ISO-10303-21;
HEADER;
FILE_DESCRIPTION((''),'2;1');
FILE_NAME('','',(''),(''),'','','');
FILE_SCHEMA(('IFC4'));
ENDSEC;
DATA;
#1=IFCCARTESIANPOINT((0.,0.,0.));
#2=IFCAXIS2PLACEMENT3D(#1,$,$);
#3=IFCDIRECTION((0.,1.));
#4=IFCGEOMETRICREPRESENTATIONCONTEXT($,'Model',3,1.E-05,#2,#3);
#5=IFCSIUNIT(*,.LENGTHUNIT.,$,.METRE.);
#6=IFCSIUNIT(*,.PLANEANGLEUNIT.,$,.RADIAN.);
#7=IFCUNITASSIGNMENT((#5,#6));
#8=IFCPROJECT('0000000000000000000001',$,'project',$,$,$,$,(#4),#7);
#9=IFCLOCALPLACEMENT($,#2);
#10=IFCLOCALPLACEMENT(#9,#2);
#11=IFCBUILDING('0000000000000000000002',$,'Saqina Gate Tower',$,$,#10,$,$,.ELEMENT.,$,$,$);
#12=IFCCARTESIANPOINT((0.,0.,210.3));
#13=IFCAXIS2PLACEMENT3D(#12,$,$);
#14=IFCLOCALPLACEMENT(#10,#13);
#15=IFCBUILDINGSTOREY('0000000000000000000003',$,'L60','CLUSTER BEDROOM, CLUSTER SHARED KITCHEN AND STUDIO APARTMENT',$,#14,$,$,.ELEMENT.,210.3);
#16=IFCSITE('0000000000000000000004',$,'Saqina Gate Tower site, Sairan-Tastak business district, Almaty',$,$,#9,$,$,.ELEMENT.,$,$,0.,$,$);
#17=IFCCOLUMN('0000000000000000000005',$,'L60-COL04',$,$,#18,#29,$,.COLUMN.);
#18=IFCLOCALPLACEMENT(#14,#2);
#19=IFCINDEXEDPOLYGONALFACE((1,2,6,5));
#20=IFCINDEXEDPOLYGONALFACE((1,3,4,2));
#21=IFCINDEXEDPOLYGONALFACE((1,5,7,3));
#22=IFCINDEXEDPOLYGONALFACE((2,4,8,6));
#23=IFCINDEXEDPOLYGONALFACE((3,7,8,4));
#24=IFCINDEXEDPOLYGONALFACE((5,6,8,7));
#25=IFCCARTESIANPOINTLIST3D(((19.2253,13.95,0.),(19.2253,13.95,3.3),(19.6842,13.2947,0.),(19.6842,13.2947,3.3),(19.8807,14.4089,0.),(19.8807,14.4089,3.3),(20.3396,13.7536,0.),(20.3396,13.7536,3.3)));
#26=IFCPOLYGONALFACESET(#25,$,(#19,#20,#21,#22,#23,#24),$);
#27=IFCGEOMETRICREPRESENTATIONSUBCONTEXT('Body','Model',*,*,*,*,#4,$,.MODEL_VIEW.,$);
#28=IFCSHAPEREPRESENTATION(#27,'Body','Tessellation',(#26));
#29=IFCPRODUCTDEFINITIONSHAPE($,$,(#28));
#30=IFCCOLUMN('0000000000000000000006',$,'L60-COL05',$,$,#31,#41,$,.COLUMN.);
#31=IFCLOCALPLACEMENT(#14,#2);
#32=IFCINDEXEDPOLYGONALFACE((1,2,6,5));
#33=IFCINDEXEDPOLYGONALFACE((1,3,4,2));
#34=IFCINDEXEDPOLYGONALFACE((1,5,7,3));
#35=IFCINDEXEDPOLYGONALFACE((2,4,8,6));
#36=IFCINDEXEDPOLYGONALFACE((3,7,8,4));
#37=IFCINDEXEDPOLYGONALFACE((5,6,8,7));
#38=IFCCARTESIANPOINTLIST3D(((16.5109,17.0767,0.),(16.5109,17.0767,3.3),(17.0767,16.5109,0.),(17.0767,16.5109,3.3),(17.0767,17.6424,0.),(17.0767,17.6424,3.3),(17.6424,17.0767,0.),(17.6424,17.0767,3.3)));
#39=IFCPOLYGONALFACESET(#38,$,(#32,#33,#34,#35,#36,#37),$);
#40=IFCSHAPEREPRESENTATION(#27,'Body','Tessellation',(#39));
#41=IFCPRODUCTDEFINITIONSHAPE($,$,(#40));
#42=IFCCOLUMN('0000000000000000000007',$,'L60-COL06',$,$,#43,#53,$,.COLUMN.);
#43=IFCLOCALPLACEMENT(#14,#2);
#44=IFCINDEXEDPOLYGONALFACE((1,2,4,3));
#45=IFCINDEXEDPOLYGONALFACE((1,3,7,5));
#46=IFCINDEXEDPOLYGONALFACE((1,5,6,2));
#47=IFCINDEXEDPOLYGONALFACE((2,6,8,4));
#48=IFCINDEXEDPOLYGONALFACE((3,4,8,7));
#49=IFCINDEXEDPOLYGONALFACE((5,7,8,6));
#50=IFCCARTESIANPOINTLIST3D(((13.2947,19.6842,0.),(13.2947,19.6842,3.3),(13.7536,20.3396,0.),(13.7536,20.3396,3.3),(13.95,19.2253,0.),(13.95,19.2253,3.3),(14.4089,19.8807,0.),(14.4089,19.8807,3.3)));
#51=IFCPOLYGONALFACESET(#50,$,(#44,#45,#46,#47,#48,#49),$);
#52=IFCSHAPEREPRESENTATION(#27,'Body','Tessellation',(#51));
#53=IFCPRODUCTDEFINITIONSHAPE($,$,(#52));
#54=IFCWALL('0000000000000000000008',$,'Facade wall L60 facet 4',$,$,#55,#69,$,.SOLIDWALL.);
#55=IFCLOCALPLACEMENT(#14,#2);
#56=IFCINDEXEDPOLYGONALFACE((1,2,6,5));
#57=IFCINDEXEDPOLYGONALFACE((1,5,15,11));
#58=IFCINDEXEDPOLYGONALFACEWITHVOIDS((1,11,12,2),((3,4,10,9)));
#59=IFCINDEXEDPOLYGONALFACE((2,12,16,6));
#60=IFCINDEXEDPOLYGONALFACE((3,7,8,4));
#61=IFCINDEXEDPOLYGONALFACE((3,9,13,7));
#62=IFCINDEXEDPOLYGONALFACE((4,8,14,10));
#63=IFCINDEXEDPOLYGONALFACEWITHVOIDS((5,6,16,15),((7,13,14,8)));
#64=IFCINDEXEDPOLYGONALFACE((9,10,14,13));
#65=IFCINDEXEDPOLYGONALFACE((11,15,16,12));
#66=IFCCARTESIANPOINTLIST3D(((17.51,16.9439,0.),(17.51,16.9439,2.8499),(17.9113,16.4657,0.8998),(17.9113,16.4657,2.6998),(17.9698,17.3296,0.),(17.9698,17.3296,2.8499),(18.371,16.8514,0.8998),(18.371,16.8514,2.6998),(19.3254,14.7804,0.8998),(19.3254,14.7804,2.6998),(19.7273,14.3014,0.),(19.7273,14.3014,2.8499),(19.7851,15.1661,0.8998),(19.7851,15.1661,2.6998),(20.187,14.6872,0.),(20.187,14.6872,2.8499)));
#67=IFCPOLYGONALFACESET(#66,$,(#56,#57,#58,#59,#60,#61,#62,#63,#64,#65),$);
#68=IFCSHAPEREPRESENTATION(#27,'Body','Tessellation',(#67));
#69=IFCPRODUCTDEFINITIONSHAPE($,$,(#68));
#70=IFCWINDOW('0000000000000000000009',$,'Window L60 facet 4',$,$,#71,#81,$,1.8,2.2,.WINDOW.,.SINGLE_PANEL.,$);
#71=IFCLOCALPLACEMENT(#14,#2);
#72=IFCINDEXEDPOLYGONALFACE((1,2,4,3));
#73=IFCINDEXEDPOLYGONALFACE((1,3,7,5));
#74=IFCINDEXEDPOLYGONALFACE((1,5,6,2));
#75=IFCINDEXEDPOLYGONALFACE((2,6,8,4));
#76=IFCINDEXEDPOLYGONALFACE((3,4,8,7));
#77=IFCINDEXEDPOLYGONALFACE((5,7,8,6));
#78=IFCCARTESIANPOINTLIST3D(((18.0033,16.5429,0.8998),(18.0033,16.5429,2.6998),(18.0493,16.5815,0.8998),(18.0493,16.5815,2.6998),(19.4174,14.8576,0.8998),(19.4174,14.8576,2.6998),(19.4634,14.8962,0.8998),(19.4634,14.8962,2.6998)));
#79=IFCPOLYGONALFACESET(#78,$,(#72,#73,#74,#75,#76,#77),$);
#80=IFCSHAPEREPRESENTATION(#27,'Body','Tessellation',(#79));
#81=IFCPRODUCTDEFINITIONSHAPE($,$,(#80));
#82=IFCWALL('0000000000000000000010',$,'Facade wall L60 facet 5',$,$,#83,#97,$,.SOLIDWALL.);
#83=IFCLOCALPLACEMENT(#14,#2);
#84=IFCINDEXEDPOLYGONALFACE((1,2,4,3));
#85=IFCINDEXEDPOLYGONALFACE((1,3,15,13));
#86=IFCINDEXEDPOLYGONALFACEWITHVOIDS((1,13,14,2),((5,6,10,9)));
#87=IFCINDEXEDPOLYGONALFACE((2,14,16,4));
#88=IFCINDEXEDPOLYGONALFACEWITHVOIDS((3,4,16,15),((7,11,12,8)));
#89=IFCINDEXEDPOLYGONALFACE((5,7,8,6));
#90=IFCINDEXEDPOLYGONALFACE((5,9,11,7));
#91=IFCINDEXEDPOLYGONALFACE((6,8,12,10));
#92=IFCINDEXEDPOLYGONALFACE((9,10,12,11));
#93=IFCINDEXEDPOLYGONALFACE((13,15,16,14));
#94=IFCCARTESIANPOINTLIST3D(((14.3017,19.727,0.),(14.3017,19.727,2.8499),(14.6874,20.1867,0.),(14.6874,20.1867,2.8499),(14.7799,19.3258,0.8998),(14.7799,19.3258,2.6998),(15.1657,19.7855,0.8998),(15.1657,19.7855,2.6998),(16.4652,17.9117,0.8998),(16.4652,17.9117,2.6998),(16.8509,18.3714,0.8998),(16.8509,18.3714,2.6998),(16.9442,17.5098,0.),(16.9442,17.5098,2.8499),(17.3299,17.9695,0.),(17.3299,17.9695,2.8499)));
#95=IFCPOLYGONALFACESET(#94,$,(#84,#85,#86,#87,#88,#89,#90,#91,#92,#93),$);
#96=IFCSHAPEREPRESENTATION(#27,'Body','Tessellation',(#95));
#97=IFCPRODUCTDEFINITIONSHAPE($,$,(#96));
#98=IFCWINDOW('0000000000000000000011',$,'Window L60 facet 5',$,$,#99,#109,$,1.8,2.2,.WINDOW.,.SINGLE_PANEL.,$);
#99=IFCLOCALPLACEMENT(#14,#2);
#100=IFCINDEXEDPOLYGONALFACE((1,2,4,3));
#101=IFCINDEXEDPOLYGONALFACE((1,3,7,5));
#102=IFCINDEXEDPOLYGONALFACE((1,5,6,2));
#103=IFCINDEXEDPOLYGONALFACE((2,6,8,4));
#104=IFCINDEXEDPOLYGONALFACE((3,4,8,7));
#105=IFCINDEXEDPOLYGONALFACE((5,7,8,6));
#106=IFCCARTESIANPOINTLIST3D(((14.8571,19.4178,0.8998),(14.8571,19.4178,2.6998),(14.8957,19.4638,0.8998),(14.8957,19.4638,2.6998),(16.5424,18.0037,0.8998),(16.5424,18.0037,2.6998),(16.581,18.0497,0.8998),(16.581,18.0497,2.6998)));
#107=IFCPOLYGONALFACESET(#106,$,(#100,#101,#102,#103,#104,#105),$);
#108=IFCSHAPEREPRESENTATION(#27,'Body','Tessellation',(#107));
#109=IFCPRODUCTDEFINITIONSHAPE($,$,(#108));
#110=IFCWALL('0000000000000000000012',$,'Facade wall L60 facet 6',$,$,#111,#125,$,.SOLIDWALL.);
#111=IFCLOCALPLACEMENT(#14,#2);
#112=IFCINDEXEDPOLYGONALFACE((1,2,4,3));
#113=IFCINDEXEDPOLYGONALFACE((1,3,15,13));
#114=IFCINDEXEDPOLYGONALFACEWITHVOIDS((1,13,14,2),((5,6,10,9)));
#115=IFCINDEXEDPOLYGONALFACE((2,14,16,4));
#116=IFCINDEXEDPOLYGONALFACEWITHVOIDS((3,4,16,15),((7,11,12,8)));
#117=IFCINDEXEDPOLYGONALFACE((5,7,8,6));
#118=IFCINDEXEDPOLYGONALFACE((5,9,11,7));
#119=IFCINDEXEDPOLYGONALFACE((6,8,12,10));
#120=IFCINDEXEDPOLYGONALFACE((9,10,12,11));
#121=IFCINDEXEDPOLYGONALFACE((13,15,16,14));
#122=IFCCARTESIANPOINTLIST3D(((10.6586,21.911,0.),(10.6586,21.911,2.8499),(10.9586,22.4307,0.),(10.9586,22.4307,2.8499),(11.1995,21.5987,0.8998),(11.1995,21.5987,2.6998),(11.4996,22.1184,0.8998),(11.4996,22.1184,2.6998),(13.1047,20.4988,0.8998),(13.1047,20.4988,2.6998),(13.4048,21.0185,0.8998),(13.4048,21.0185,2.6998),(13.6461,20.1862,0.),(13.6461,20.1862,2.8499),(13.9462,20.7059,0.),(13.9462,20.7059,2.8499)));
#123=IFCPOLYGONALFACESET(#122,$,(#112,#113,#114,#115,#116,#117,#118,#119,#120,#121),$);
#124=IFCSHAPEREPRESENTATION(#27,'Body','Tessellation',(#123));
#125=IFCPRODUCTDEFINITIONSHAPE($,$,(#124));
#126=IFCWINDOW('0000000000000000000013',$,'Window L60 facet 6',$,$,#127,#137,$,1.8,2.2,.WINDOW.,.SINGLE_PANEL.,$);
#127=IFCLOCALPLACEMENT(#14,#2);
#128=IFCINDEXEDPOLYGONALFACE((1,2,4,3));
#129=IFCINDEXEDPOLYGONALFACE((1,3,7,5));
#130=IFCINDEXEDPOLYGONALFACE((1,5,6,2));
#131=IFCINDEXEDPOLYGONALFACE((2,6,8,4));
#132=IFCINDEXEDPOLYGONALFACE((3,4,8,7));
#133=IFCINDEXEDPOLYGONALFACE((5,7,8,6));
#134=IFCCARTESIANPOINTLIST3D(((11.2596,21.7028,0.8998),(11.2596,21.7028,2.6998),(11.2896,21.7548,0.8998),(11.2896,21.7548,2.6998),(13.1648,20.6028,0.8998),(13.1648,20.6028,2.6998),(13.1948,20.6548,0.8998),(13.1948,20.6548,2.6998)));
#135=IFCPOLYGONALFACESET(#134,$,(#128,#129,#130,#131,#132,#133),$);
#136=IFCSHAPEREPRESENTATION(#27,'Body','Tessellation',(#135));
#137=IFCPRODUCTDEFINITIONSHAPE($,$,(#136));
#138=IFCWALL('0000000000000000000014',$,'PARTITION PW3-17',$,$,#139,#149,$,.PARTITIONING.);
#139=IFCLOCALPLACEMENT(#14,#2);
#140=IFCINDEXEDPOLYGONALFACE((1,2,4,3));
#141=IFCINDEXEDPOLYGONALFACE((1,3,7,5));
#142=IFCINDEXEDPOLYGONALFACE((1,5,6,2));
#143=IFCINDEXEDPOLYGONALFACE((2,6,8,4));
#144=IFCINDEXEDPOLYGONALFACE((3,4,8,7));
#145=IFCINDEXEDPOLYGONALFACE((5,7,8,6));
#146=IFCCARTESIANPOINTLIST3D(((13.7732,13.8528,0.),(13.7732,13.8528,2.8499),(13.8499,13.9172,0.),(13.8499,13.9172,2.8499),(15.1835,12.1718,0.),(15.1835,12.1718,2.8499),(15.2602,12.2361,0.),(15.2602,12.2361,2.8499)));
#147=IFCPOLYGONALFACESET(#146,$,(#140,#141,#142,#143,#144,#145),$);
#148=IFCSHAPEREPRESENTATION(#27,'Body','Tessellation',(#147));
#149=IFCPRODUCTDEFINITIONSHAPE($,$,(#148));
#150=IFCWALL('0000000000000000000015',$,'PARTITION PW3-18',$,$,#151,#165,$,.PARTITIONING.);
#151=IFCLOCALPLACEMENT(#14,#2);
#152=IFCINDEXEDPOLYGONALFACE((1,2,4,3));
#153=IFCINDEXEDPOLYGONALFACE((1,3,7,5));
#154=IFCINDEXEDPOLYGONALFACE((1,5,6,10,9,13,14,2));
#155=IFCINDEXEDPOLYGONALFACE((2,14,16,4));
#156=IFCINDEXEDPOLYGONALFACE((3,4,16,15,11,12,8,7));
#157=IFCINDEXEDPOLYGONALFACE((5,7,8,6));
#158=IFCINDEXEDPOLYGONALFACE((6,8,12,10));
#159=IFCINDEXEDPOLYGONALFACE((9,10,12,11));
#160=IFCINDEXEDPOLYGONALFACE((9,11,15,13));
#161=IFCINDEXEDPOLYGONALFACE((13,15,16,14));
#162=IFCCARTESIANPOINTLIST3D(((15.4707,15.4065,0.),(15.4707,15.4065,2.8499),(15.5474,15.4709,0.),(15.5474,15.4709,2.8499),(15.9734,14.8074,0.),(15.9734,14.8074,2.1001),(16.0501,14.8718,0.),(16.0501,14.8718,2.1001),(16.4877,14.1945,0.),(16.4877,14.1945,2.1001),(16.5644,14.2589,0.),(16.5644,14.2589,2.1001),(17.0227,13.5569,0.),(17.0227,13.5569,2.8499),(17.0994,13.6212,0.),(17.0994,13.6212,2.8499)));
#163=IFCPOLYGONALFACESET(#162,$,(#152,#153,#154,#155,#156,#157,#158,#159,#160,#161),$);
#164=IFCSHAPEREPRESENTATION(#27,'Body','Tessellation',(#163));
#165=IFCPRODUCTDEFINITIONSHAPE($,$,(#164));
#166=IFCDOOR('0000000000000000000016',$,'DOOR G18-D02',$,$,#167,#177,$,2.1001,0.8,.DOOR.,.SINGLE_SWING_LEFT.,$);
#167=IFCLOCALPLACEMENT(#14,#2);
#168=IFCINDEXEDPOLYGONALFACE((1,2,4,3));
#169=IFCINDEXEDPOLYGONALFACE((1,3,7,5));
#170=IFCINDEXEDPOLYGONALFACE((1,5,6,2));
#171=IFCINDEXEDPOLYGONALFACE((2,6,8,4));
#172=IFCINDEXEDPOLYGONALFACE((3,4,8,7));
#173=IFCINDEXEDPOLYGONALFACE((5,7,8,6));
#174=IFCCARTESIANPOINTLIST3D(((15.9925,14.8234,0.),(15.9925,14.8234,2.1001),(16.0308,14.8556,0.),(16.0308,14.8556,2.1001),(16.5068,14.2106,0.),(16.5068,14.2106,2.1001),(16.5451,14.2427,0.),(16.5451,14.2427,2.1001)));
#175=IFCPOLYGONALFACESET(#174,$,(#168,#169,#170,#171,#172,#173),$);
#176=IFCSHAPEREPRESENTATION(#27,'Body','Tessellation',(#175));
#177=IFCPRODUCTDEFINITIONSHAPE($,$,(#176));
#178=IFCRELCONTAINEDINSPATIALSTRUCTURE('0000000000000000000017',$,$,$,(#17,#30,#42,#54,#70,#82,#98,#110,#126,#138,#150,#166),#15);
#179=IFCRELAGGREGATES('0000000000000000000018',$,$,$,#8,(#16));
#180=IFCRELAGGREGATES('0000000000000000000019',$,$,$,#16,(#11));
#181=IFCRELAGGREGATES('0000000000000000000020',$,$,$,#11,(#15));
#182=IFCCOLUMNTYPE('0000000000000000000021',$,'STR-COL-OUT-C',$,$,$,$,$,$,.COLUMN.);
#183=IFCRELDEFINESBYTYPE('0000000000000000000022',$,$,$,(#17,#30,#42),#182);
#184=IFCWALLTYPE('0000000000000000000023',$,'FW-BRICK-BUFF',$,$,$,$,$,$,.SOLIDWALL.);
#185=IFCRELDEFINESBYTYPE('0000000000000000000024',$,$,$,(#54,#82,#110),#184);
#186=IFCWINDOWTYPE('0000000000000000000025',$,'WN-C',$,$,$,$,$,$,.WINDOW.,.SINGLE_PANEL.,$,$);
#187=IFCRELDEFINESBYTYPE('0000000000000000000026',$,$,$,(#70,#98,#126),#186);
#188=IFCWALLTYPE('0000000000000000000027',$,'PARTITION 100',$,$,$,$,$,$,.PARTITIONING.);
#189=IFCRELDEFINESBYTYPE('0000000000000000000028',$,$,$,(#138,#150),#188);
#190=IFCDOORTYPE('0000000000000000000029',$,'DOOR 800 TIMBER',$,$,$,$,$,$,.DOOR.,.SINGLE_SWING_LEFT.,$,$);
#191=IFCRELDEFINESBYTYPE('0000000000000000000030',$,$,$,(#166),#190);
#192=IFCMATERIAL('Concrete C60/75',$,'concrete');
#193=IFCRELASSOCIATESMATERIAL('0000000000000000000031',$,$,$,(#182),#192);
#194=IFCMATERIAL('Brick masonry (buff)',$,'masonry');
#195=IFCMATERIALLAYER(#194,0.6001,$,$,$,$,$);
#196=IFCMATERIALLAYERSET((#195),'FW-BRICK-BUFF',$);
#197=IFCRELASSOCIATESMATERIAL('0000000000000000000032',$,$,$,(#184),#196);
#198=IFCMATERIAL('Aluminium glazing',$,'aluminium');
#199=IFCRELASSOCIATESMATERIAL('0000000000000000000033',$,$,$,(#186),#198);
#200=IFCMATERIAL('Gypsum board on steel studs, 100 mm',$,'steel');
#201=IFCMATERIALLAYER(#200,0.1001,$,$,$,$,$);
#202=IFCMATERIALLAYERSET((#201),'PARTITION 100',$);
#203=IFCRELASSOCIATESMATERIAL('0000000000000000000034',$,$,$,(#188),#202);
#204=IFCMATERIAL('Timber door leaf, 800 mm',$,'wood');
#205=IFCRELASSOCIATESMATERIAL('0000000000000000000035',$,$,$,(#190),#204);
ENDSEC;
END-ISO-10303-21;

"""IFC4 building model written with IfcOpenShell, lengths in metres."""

from ifc_helpers import new_model, si_unit, direction, frame, frame_2d, origin, origin_2d, place, context, subcontext, project, spatial, rectangle, extrude, material, layer, layer_set, material_profile, profile_set, type_object, element, fill, save


model = new_model("IFC4")

# Units and contexts
model_context = context("Model", 3, precision=1e-05, world=origin(), true_north=direction((0.0, 1.0)))
body_context = subcontext(model_context, "Body", "Model", "MODEL_VIEW")
ifc_project = project(units=[si_unit("LENGTHUNIT", "METRE"), si_unit("PLANEANGLEUNIT", "RADIAN")], contexts=[model_context])

# Site, building, storey
site_placement = place(None, origin())
site = spatial("IfcSite", under=ifc_project, at=site_placement, Name="Saqina Gate Tower site, Sairan-Tastak business district, Almaty", CompositionType="ELEMENT", RefElevation=0.0)
building_placement = place(site_placement, origin())
building = spatial("IfcBuilding", under=site, at=building_placement, Name="Saqina Gate Tower", CompositionType="ELEMENT")
storey_placement = place(building_placement, frame((0.0, 0.0, 210.3)))
storey = spatial("IfcBuildingStorey", under=building, at=storey_placement, Name="L60", Description="CLUSTER BEDROOM, CLUSTER SHARED KITCHEN AND STUDIO APARTMENT", CompositionType="ELEMENT", Elevation=210.3)

# Columns
ifc_material_1 = material(Name="Concrete C60/75", Category="concrete")
ifc_material_profile = material_profile(ifc_material_1, rectangle(XDim=0.8, YDim=0.8, at=origin_2d()), Name="RC 800x800")
ifc_profile_set = profile_set([ifc_material_profile], Name="Concrete C60/75")
column_type = type_object("IfcColumnType", Name="STR-COL-OUT-C", PredefinedType="COLUMN", material=ifc_profile_set)
for number, where, z_axis, x_axis, name in (
    (1, (19.7825, 13.8518, 0.0), (0.0, 0.0, 1.0), (0.819152, 0.573576, 0.0), "L60-COL04"),
    (2, (17.0767, 17.0767, 0.0), (0.0, 0.0, 1.0), (0.707107, 0.707107, 0.0), "L60-COL05"),
    (3, (13.8518, 19.7825, 0.0), (0.0, 0.0, 1.0), (0.573576, 0.819152, 0.0), "L60-COL06"),
):
    element("IfcColumn", number, at=place(storey_placement, frame(where, z_axis=z_axis, x_axis=x_axis)), inside=storey, type_object=column_type, Name=name, PredefinedType="COLUMN", context=body_context, shape_type="SweptSolid", body=[
        extrude(rectangle(XDim=0.8, YDim=0.8, at=origin_2d()), origin(), (0.0, 0.0, 1.0), 3.3),
    ])

# Walls, openings, windows
ifc_material_2 = material(Name="Brick masonry (buff)", Category="masonry")
ifc_layer_1 = layer(ifc_material_2, 0.6001)
ifc_layer_set_1 = layer_set([ifc_layer_1], Name="FW-BRICK-BUFF")
wall_type_1 = type_object("IfcWallType", Name="FW-BRICK-BUFF", PredefinedType="SOLIDWALL", material=ifc_layer_set_1)
wall_1_placement = place(storey_placement, frame((19.957, 14.4944, 0.0), z_axis=(0.0, 0.0, 1.0), x_axis=(-0.64277, 0.766059, 0.0)))
wall_1 = element("IfcWall", 4, at=wall_1_placement, inside=storey, type_object=wall_type_1, Name="Facade wall L60 facet 4", PredefinedType="SOLIDWALL", context=body_context, shape_type="SweptSolid", body=[
    extrude(rectangle(XDim=3.4495, YDim=0.6001, at=frame_2d((1.7246, 0.0))), origin(), (0.0, 0.0, 1.0), 2.8499),
])
opening_1_placement = place(wall_1_placement, frame((0.625, 0.0, 0.8999)))
opening_1 = element("IfcOpeningElement", 5, at=opening_1_placement, cuts=wall_1, PredefinedType="OPENING", context=body_context, shape_type="SweptSolid", body=[
    extrude(rectangle(XDim=2.2, YDim=1.8, at=frame_2d((1.1001, 0.8999))), frame((0.0, 0.312, 0.0), z_axis=(0.0, -1.0, 0.0), x_axis=(1.0, 0.0, 0.0)), (0.0, 0.0, 1.0), 0.624),
])
ifc_material_3 = material(Name="Aluminium glazing", Category="aluminium")
window_type = type_object("IfcWindowType", Name="WN-C", PartitioningType="SINGLE_PANEL", PredefinedType="WINDOW", material=ifc_material_3)
window_1_placement = place(opening_1_placement, origin())
window_1 = element("IfcWindow", 6, at=window_1_placement, inside=storey, type_object=window_type, Name="Window L60 facet 4", OverallHeight=1.8, OverallWidth=2.2, PartitioningType="SINGLE_PANEL", PredefinedType="WINDOW", context=body_context, shape_type="SweptSolid", body=[
    extrude(rectangle(XDim=2.2, YDim=1.8, at=frame_2d((1.1001, 0.8999))), frame((0.0, 0.1799, 0.0), z_axis=(0.0, -1.0, 0.0), x_axis=(1.0, 0.0, 0.0)), (0.0, 0.0, 1.0), 0.0601),
])
fill(opening_1, window_1)
wall_2_placement = place(storey_placement, frame((17.137, 17.7397, 0.0), z_axis=(0.0, 0.0, 1.0), x_axis=(-0.766059, 0.64277, 0.0)))
wall_2 = element("IfcWall", 7, at=wall_2_placement, inside=storey, type_object=wall_type_1, Name="Facade wall L60 facet 5", PredefinedType="SOLIDWALL", context=body_context, shape_type="SweptSolid", body=[
    extrude(rectangle(XDim=3.4495, YDim=0.6001, at=frame_2d((1.7246, 0.0))), origin(), (0.0, 0.0, 1.0), 2.8499),
])
opening_2_placement = place(wall_2_placement, frame((0.625, 0.0, 0.8999)))
opening_2 = element("IfcOpeningElement", 8, at=opening_2_placement, cuts=wall_2, PredefinedType="OPENING", context=body_context, shape_type="SweptSolid", body=[
    extrude(rectangle(XDim=2.2, YDim=1.8, at=frame_2d((1.1001, 0.8999))), frame((0.0, 0.312, 0.0), z_axis=(0.0, -1.0, 0.0), x_axis=(1.0, 0.0, 0.0)), (0.0, 0.0, 1.0), 0.624),
])
window_2_placement = place(opening_2_placement, origin())
window_2 = element("IfcWindow", 9, at=window_2_placement, inside=storey, type_object=window_type, Name="Window L60 facet 5", OverallHeight=1.8, OverallWidth=2.2, PartitioningType="SINGLE_PANEL", PredefinedType="WINDOW", context=body_context, shape_type="SweptSolid", body=[
    extrude(rectangle(XDim=2.2, YDim=1.8, at=frame_2d((1.1001, 0.8999))), frame((0.0, 0.1799, 0.0), z_axis=(0.0, -1.0, 0.0), x_axis=(1.0, 0.0, 0.0)), (0.0, 0.0, 1.0), 0.0601),
])
fill(opening_2, window_2)
wall_3_placement = place(storey_placement, frame((13.7961, 20.446, 0.0), z_axis=(0.0, 0.0, 1.0), x_axis=(-0.866026, 0.499998, 0.0)))
wall_3 = element("IfcWall", 10, at=wall_3_placement, inside=storey, type_object=wall_type_1, Name="Facade wall L60 facet 6", PredefinedType="SOLIDWALL", context=body_context, shape_type="SweptSolid", body=[
    extrude(rectangle(XDim=3.4497, YDim=0.6001, at=frame_2d((1.7249, 0.0))), origin(), (0.0, 0.0, 1.0), 2.8499),
])
opening_3_placement = place(wall_3_placement, frame((0.625, 0.0, 0.8999)))
opening_3 = element("IfcOpeningElement", 11, at=opening_3_placement, cuts=wall_3, PredefinedType="OPENING", context=body_context, shape_type="SweptSolid", body=[
    extrude(rectangle(XDim=2.2, YDim=1.8, at=frame_2d((1.1001, 0.8999))), frame((0.0, 0.312, 0.0), z_axis=(0.0, -1.0, 0.0), x_axis=(1.0, 0.0, 0.0)), (0.0, 0.0, 1.0), 0.624),
])
window_3_placement = place(opening_3_placement, origin())
window_3 = element("IfcWindow", 12, at=window_3_placement, inside=storey, type_object=window_type, Name="Window L60 facet 6", OverallHeight=1.8, OverallWidth=2.2, PartitioningType="SINGLE_PANEL", PredefinedType="WINDOW", context=body_context, shape_type="SweptSolid", body=[
    extrude(rectangle(XDim=2.2, YDim=1.8, at=frame_2d((1.1001, 0.8999))), frame((0.0, 0.1799, 0.0), z_axis=(0.0, -1.0, 0.0), x_axis=(1.0, 0.0, 0.0)), (0.0, 0.0, 1.0), 0.0601),
])
fill(opening_3, window_3)

# Wall
ifc_material_4 = material(Name="Gypsum board on steel studs, 100 mm", Category="steel")
ifc_layer_2 = layer(ifc_material_4, 0.1001)
ifc_layer_set_2 = layer_set([ifc_layer_2], Name="PARTITION 100")
wall_type_2 = type_object("IfcWallType", Name="PARTITION 100", PredefinedType="PARTITIONING", material=ifc_layer_set_2)
wall_4_placement = place(storey_placement, frame((13.8115, 13.885, 0.0), z_axis=(0.0, 0.0, 1.0), x_axis=(0.64272, -0.766101, 0.0)))
element("IfcWall", 13, at=wall_4_placement, inside=storey, type_object=wall_type_2, Name="PARTITION PW3-17", PredefinedType="PARTITIONING", context=body_context, shape_type="SweptSolid", body=[
    extrude(rectangle(XDim=2.1943, YDim=0.1001, at=frame_2d((1.0972, 0.0))), origin(), (0.0, 0.0, 1.0), 2.8499),
])

# Wall, opening, door
wall_5_placement = place(storey_placement, frame((15.509, 15.4387, 0.0), z_axis=(0.0, 0.0, 1.0), x_axis=(0.642786, -0.766045, 0.0)))
wall_5 = element("IfcWall", 14, at=wall_5_placement, inside=storey, type_object=wall_type_2, Name="PARTITION PW3-18", PredefinedType="PARTITIONING", context=body_context, shape_type="SweptSolid", body=[
    extrude(rectangle(XDim=2.4146, YDim=0.1001, at=frame_2d((1.2073, 0.0))), origin(), (0.0, 0.0, 1.0), 2.8499),
])
opening_4_placement = place(wall_5_placement, frame((0.7822, 0.0, 0.0)))
opening_4 = element("IfcOpeningElement", 15, at=opening_4_placement, cuts=wall_5, PredefinedType="OPENING", context=body_context, shape_type="SweptSolid", body=[
    extrude(rectangle(XDim=0.8, YDim=2.1001, at=frame_2d((0.3999, 1.05))), frame((0.0, 0.062, 0.0), z_axis=(0.0, -1.0, 0.0), x_axis=(1.0, 0.0, 0.0)), (0.0, 0.0, 1.0), 0.124),
])
ifc_material_5 = material(Name="Timber door leaf, 800 mm", Category="wood")
door_type_1 = type_object("IfcDoorType", Name="DOOR 800 TIMBER", OperationType="SINGLE_SWING_LEFT", PredefinedType="DOOR", material=ifc_material_5)
door_1_placement = place(opening_4_placement, origin())
door_1 = element("IfcDoor", 16, at=door_1_placement, inside=storey, type_object=door_type_1, Name="DOOR G18-D02", OperationType="SINGLE_SWING_LEFT", OverallHeight=2.1001, OverallWidth=0.8, PredefinedType="DOOR", context=body_context, shape_type="SweptSolid", body=[
    extrude(rectangle(XDim=0.8, YDim=2.1001, at=frame_2d((0.3999, 1.05))), frame((0.0, 0.0249, 0.0), z_axis=(0.0, -1.0, 0.0), x_axis=(1.0, 0.0, 0.0)), (0.0, 0.0, 1.0), 0.05),
])
fill(opening_4, door_1)

save(model, "model.ifc")
